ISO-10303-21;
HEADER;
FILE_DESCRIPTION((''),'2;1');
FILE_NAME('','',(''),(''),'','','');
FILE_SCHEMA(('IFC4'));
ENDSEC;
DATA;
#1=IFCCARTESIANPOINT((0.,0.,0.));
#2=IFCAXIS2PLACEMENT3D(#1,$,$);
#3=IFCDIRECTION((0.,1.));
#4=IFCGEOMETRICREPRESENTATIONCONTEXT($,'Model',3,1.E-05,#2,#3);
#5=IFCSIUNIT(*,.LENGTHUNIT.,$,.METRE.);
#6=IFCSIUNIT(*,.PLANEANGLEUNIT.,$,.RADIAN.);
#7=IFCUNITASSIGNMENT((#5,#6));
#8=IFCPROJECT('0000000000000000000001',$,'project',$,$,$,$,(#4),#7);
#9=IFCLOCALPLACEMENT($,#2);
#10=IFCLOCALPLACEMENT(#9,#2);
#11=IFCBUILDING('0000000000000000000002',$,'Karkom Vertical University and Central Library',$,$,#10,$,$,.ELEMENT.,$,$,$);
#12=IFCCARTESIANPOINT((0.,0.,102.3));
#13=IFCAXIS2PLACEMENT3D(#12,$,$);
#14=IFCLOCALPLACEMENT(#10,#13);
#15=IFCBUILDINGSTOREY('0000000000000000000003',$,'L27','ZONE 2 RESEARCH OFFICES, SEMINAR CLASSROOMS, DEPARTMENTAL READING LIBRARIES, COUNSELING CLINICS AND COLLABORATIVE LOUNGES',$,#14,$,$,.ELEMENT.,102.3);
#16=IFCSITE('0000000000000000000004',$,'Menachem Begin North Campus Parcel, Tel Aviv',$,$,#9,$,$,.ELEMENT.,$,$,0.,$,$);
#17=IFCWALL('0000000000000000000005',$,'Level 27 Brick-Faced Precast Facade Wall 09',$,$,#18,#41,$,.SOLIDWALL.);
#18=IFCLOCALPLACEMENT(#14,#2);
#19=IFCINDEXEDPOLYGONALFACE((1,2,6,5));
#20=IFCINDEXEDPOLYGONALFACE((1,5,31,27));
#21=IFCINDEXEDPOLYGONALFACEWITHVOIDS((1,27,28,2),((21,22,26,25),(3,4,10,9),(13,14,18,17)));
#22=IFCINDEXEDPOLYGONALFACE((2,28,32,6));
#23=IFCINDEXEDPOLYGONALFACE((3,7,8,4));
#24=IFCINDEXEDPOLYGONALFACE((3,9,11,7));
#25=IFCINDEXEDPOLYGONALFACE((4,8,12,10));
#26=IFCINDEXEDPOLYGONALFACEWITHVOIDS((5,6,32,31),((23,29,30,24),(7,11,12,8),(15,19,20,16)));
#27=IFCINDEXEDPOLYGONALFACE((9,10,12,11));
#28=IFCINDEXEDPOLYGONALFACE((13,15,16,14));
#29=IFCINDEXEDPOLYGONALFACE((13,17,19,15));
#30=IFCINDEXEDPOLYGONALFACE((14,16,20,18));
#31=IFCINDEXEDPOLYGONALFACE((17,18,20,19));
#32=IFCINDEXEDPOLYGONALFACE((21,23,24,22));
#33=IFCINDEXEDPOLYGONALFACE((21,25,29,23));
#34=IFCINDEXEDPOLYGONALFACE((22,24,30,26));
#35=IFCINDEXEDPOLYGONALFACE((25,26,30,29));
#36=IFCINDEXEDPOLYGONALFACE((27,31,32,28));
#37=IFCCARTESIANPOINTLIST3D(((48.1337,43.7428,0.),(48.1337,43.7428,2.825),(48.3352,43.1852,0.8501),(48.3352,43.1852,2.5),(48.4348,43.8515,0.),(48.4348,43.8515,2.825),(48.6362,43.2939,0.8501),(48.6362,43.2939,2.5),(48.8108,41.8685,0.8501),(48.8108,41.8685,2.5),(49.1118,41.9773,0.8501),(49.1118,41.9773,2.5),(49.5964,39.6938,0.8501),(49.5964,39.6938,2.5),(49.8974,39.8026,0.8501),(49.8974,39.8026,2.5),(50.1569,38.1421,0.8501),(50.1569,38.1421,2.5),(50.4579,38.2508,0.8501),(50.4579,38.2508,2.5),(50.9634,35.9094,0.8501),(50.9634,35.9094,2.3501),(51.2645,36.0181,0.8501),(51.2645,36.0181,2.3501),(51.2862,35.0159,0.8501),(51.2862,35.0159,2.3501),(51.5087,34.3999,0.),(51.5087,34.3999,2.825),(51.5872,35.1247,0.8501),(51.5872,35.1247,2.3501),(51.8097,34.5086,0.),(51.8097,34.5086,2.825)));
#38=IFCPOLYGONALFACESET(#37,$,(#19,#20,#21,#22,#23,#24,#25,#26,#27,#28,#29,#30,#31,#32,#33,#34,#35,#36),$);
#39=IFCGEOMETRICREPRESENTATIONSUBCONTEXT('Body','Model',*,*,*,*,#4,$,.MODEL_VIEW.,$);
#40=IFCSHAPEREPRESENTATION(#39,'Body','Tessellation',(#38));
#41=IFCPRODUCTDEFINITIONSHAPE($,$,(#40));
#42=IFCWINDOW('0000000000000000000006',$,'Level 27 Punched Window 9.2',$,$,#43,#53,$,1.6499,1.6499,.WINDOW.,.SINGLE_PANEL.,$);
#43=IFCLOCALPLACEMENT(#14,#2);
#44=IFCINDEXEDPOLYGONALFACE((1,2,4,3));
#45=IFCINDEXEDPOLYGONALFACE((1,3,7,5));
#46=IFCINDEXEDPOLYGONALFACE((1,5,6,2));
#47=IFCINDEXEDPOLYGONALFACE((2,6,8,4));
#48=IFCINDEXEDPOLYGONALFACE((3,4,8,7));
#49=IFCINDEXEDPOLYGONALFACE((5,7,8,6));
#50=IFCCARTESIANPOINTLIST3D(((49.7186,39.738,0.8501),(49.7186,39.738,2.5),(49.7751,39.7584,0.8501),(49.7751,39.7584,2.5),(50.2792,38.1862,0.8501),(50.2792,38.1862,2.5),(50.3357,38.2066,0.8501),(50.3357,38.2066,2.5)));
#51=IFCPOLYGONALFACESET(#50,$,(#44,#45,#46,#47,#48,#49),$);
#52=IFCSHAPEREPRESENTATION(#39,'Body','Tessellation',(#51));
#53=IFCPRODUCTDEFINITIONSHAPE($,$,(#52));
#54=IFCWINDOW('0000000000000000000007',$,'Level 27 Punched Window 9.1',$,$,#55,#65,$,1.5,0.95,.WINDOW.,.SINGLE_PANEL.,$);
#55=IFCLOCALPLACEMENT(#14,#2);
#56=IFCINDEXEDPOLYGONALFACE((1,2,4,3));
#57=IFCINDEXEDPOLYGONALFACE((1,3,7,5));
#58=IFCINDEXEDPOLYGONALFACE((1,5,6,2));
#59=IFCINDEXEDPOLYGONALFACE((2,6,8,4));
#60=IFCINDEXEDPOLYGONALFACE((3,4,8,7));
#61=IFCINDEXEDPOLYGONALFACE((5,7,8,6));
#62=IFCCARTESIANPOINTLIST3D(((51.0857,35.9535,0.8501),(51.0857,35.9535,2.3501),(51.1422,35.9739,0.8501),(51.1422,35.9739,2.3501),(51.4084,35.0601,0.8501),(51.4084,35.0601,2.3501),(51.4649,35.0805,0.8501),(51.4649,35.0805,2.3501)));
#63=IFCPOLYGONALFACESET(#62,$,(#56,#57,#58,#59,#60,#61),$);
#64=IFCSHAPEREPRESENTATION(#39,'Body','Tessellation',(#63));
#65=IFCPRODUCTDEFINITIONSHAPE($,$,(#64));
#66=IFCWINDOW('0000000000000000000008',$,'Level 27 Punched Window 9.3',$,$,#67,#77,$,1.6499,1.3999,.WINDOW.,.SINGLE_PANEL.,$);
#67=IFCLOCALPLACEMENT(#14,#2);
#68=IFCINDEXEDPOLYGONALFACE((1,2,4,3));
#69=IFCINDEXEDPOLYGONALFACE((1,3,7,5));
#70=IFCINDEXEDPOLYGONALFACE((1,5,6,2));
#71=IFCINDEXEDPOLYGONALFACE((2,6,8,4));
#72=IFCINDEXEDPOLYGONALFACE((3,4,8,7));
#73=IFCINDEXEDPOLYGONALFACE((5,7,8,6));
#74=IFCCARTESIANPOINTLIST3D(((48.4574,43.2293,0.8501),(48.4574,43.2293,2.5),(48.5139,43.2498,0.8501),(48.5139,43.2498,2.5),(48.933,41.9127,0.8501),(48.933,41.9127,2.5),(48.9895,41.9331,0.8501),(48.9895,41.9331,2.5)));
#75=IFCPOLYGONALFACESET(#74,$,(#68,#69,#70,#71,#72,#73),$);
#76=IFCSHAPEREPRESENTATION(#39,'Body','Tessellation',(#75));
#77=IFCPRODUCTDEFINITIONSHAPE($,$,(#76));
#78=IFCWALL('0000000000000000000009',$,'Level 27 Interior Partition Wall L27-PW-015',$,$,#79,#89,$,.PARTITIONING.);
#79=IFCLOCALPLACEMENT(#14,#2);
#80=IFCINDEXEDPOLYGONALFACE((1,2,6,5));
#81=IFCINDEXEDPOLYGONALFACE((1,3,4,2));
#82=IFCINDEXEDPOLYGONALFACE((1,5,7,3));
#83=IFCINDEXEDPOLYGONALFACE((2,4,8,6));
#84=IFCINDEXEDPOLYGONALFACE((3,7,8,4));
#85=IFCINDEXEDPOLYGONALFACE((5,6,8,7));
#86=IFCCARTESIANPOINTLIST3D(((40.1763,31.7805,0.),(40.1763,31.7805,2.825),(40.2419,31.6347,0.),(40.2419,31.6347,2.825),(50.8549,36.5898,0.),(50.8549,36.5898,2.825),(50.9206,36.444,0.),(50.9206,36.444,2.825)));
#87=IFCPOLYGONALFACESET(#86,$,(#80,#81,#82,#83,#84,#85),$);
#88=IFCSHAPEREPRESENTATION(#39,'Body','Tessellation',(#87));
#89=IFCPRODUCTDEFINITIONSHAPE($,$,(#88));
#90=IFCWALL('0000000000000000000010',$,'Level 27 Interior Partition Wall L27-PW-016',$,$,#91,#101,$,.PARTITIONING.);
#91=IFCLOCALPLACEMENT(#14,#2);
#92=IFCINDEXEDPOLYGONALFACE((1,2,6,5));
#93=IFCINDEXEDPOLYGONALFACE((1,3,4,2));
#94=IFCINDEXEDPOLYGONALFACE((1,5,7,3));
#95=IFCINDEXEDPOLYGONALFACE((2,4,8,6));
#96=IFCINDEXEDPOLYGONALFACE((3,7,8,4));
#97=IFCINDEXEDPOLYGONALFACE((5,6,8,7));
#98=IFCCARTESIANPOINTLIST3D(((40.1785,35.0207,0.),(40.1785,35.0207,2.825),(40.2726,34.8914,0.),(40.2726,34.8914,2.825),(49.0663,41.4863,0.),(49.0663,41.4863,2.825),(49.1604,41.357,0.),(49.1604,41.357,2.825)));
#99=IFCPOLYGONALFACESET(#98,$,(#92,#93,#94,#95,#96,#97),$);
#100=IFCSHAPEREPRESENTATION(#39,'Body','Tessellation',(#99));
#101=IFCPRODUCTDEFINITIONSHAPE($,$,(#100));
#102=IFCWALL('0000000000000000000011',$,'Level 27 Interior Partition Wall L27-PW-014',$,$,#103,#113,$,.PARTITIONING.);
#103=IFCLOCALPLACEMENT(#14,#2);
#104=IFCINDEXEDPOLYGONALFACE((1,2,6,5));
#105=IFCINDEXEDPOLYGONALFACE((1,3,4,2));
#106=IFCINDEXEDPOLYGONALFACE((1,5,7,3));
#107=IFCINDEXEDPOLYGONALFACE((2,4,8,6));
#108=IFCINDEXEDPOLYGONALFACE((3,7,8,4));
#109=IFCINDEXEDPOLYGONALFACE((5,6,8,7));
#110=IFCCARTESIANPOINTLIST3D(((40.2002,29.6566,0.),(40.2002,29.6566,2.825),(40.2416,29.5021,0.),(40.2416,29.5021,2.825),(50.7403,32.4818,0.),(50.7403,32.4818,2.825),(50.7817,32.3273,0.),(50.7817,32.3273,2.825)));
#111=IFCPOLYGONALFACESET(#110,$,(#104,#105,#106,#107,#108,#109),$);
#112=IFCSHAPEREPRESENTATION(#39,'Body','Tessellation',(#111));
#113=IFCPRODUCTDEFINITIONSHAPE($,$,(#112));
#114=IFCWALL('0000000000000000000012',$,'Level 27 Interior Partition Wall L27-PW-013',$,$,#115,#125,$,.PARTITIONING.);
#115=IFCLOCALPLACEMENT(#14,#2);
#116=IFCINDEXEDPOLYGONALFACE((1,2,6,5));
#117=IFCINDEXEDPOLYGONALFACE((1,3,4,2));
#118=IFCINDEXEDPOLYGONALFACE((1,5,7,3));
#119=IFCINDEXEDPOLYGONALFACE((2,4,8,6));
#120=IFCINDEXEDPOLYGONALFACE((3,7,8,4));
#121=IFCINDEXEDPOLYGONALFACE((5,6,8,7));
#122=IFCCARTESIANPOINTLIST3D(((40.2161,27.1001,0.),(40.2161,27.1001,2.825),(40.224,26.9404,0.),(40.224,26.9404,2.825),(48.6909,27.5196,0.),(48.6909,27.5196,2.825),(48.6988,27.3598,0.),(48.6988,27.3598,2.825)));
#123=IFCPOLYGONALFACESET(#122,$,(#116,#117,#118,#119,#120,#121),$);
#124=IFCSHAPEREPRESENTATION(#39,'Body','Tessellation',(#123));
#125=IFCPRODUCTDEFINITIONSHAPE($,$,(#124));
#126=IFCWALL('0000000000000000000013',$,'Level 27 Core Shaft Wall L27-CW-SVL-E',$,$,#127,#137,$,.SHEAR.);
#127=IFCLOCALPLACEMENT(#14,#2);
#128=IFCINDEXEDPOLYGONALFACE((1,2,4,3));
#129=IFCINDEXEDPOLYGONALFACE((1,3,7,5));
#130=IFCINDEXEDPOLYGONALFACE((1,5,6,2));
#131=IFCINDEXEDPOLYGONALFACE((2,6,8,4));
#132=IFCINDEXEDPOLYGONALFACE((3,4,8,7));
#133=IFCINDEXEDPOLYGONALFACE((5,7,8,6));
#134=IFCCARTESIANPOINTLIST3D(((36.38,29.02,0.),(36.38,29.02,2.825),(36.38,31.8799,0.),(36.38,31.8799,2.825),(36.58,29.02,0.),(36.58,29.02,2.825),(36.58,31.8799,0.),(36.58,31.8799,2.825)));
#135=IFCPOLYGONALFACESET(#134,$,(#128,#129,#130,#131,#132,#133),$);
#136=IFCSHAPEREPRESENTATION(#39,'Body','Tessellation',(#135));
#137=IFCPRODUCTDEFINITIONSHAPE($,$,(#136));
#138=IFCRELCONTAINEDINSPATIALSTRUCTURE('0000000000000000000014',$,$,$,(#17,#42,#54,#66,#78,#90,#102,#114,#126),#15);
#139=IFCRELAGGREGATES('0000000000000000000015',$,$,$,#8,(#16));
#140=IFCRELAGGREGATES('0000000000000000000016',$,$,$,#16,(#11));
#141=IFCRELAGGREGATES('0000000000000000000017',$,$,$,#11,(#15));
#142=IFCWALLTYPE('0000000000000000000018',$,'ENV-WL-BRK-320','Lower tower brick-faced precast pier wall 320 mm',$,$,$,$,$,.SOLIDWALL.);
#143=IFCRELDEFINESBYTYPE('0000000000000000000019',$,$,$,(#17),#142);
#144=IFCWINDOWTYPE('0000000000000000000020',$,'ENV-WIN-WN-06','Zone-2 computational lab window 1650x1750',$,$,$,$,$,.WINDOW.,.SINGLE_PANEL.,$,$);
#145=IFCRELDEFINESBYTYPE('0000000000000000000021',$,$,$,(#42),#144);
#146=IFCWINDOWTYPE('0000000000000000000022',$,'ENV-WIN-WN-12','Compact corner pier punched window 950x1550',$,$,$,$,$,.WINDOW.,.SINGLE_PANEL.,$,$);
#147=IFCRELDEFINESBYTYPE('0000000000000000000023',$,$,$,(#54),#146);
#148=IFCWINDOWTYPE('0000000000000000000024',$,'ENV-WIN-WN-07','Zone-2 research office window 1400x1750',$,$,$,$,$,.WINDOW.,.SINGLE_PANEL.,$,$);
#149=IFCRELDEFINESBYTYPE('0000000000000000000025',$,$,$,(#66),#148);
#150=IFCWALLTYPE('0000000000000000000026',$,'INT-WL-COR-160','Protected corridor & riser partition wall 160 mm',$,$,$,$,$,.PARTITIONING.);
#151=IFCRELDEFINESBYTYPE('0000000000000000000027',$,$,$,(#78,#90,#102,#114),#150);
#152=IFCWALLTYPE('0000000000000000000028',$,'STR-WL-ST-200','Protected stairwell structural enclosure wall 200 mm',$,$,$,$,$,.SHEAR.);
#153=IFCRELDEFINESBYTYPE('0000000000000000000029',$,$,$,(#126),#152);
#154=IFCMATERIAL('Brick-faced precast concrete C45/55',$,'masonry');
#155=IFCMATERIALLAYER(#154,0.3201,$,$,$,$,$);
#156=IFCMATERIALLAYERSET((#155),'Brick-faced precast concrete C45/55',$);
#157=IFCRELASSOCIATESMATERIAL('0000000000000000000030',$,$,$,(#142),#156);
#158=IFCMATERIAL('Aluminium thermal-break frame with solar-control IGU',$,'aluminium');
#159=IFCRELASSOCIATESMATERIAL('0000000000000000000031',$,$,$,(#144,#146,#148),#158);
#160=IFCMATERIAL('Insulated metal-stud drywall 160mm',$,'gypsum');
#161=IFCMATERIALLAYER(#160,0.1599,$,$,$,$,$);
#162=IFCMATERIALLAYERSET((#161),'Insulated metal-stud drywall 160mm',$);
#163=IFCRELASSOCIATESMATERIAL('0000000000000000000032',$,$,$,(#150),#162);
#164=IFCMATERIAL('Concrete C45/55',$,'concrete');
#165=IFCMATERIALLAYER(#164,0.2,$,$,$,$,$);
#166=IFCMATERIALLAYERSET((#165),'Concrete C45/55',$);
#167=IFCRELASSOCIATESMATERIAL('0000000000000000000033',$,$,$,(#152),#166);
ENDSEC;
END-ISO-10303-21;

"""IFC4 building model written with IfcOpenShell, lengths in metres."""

from ifc_helpers import new_model, si_unit, direction, frame, frame_2d, origin, origin_with_axes, place, context, subcontext, project, spatial, rectangle, extrude, source, transform, mapped, material, layer, layer_set, type_object, element, fill, save


model = new_model("IFC4")

# Units and contexts
model_context = context("Model", 3, precision=1e-05, world=origin(), true_north=direction((0.0, 1.0)))
body_context = subcontext(model_context, "Body", "Model", "MODEL_VIEW")
ifc_project = project(units=[si_unit("LENGTHUNIT", "METRE"), si_unit("PLANEANGLEUNIT", "RADIAN")], contexts=[model_context])

# Site, building, storey
site_placement = place(None, origin())
site = spatial("IfcSite", under=ifc_project, at=site_placement, Name="Menachem Begin North Campus Parcel, Tel Aviv", CompositionType="ELEMENT", RefElevation=0.0)
building_placement = place(site_placement, origin())
building = spatial("IfcBuilding", under=site, at=building_placement, Name="Karkom Vertical University and Central Library", CompositionType="ELEMENT")
storey_placement = place(building_placement, frame((0.0, 0.0, 102.3)))
storey = spatial("IfcBuildingStorey", under=building, at=storey_placement, Name="L27", Description="ZONE 2 RESEARCH OFFICES, SEMINAR CLASSROOMS, DEPARTMENTAL READING LIBRARIES, COUNSELING CLINICS AND COLLABORATIVE LOUNGES", CompositionType="ELEMENT", Elevation=102.3)

# Wall, openings, windows
ifc_material_1 = material(Name="Brick-faced precast concrete C45/55", Category="masonry")
ifc_layer_1 = layer(ifc_material_1, 0.3201)
ifc_layer_set_1 = layer_set([ifc_layer_1], Name="Brick-faced precast concrete C45/55")
wall_type_1 = type_object("IfcWallType", Name="ENV-WL-BRK-320", Description="Lower tower brick-faced precast pier wall 320 mm", PredefinedType="SOLIDWALL", material=ifc_layer_set_1)
wall_1_placement = place(storey_placement, frame((51.6592, 34.4543, 0.0), z_axis=(0.0, 0.0, 1.0), x_axis=(-0.339745, 0.940517, 0.0)))
wall_1 = element("IfcWall", 1, at=wall_1_placement, inside=storey, type_object=wall_type_1, Name="Level 27 Brick-Faced Precast Facade Wall 09", PredefinedType="SOLIDWALL", context=body_context, shape_type="SweptSolid", body=[
    extrude(rectangle(XDim=9.9338, YDim=0.3201, at=frame_2d((4.9668, 0.0))), origin(), (0.0, 0.0, 1.0), 2.825),
])
opening_1_placement = place(wall_1_placement, frame((0.6548, 0.0, 0.8501)))
opening_1 = element("IfcOpeningElement", 2, at=opening_1_placement, cuts=wall_1, PredefinedType="OPENING", context=body_context, shape_type="SweptSolid", body=[
    extrude(rectangle(XDim=0.95, YDim=1.5, at=frame_2d((0.4751, 0.75))), frame((0.0, 0.1699, 0.0), z_axis=(0.0, -1.0, 0.0), x_axis=(1.0, 0.0, 0.0)), (0.0, 0.0, 1.0), 0.3401),
])
opening_2_placement = place(wall_1_placement, frame((3.9788, 0.0, 0.8501)))
opening_2 = element("IfcOpeningElement", 3, at=opening_2_placement, cuts=wall_1, PredefinedType="OPENING", context=body_context, shape_type="SweptSolid", body=[
    extrude(rectangle(XDim=1.6499, YDim=1.6499, at=frame_2d((0.825, 0.825))), frame((0.0, 0.1699, 0.0), z_axis=(0.0, -1.0, 0.0), x_axis=(1.0, 0.0, 0.0)), (0.0, 0.0, 1.0), 0.3401),
])
opening_3_placement = place(wall_1_placement, frame((7.9409, 0.0, 0.8501)))
opening_3 = element("IfcOpeningElement", 4, at=opening_3_placement, cuts=wall_1, PredefinedType="OPENING", context=body_context, shape_type="SweptSolid", body=[
    extrude(rectangle(XDim=1.3999, YDim=1.6499, at=frame_2d((0.7, 0.825))), frame((0.0, 0.1699, 0.0), z_axis=(0.0, -1.0, 0.0), x_axis=(1.0, 0.0, 0.0)), (0.0, 0.0, 1.0), 0.3401),
])
ifc_material_2 = material(Name="Aluminium thermal-break frame with solar-control IGU", Category="aluminium")
window_type_1 = type_object("IfcWindowType", Name="ENV-WIN-WN-06", Description="Zone-2 computational lab window 1650x1750", PartitioningType="SINGLE_PANEL", PredefinedType="WINDOW", material=ifc_material_2)
shared_shape_1 = source(origin_with_axes(), body_context, "Body", "SweptSolid", [
    extrude(rectangle(XDim=1.6499, YDim=1.6499, at=frame_2d((0.825, 0.825))), frame((0.0, 0.03, 0.0), z_axis=(0.0, -1.0, 0.0), x_axis=(1.0, 0.0, 0.0)), (0.0, 0.0, 1.0), 0.0601),
])
window_1_placement = place(opening_2_placement, origin())
window_1 = element("IfcWindow", 5, at=window_1_placement, inside=storey, type_object=window_type_1, Name="Level 27 Punched Window 9.2", OverallHeight=1.6499, OverallWidth=1.6499, PartitioningType="SINGLE_PANEL", PredefinedType="WINDOW", context=body_context, shape_type="MappedRepresentation", body=[
    mapped(shared_shape_1, transform((0.0, 0.0, 0.0), scale=1.0)),
])
fill(opening_2, window_1)
window_type_2 = type_object("IfcWindowType", Name="ENV-WIN-WN-12", Description="Compact corner pier punched window 950x1550", PartitioningType="SINGLE_PANEL", PredefinedType="WINDOW", material=ifc_material_2)
shared_shape_2 = source(origin_with_axes(), body_context, "Body", "SweptSolid", [
    extrude(rectangle(XDim=0.95, YDim=1.5, at=frame_2d((0.4751, 0.75))), frame((0.0, 0.03, 0.0), z_axis=(0.0, -1.0, 0.0), x_axis=(1.0, 0.0, 0.0)), (0.0, 0.0, 1.0), 0.0601),
])
window_2_placement = place(opening_1_placement, origin())
window_2 = element("IfcWindow", 6, at=window_2_placement, inside=storey, type_object=window_type_2, Name="Level 27 Punched Window 9.1", OverallHeight=1.5, OverallWidth=0.95, PartitioningType="SINGLE_PANEL", PredefinedType="WINDOW", context=body_context, shape_type="MappedRepresentation", body=[
    mapped(shared_shape_2, transform((0.0, 0.0, 0.0), scale=1.0)),
])
fill(opening_1, window_2)
window_type_3 = type_object("IfcWindowType", Name="ENV-WIN-WN-07", Description="Zone-2 research office window 1400x1750", PartitioningType="SINGLE_PANEL", PredefinedType="WINDOW", material=ifc_material_2)
shared_shape_3 = source(origin_with_axes(), body_context, "Body", "SweptSolid", [
    extrude(rectangle(XDim=1.3999, YDim=1.6499, at=frame_2d((0.7, 0.825))), frame((0.0, 0.03, 0.0), z_axis=(0.0, -1.0, 0.0), x_axis=(1.0, 0.0, 0.0)), (0.0, 0.0, 1.0), 0.0601),
])
window_3_placement = place(opening_3_placement, origin())
window_3 = element("IfcWindow", 7, at=window_3_placement, inside=storey, type_object=window_type_3, Name="Level 27 Punched Window 9.3", OverallHeight=1.6499, OverallWidth=1.3999, PartitioningType="SINGLE_PANEL", PredefinedType="WINDOW", context=body_context, shape_type="MappedRepresentation", body=[
    mapped(shared_shape_3, transform((0.0, 0.0, 0.0), scale=1.0)),
])
fill(opening_3, window_3)

# Walls
ifc_material_3 = material(Name="Insulated metal-stud drywall 160mm", Category="gypsum")
ifc_layer_2 = layer(ifc_material_3, 0.1599)
ifc_layer_set_2 = layer_set([ifc_layer_2], Name="Insulated metal-stud drywall 160mm")
wall_type_2 = type_object("IfcWallType", Name="INT-WL-COR-160", Description="Protected corridor & riser partition wall 160 mm", PredefinedType="PARTITIONING", material=ifc_layer_set_2)
wall_2_placement = place(storey_placement, frame((40.209, 31.7075, 0.0), z_axis=(0.0, 0.0, 1.0), x_axis=(0.911797, 0.410642, 0.0)))
element("IfcWall", 8, at=wall_2_placement, inside=storey, type_object=wall_type_2, Name="Level 27 Interior Partition Wall L27-PW-015", PredefinedType="PARTITIONING", context=body_context, shape_type="SweptSolid", body=[
    extrude(rectangle(XDim=11.7117, YDim=0.1599, at=frame_2d((5.856, 0.0))), origin(), (0.0, 0.0, 1.0), 2.825),
])
wall_3_placement = place(storey_placement, frame((40.2256, 34.9561, 0.0), z_axis=(0.0, 0.0, 1.0), x_axis=(0.808658, 0.588279, 0.0)))
element("IfcWall", 9, at=wall_3_placement, inside=storey, type_object=wall_type_2, Name="Level 27 Interior Partition Wall L27-PW-016", PredefinedType="PARTITIONING", context=body_context, shape_type="SweptSolid", body=[
    extrude(rectangle(XDim=10.9907, YDim=0.1599, at=frame_2d((5.4954, 0.0))), origin(), (0.0, 0.0, 1.0), 2.825),
])
wall_4_placement = place(storey_placement, frame((40.2209, 29.5793, 0.0), z_axis=(0.0, 0.0, 1.0), x_axis=(0.965903, 0.258905, 0.0)))
element("IfcWall", 10, at=wall_4_placement, inside=storey, type_object=wall_type_2, Name="Level 27 Interior Partition Wall L27-PW-014", PredefinedType="PARTITIONING", context=body_context, shape_type="SweptSolid", body=[
    extrude(rectangle(XDim=10.9121, YDim=0.1599, at=frame_2d((5.4561, 0.0))), origin(), (0.0, 0.0, 1.0), 2.825),
])
wall_5_placement = place(storey_placement, frame((40.22, 27.0203, 0.0), z_axis=(0.0, 0.0, 1.0), x_axis=(0.998778, 0.049431, 0.0)))
element("IfcWall", 11, at=wall_5_placement, inside=storey, type_object=wall_type_2, Name="Level 27 Interior Partition Wall L27-PW-013", PredefinedType="PARTITIONING", context=body_context, shape_type="SweptSolid", body=[
    extrude(rectangle(XDim=8.4851, YDim=0.1599, at=frame_2d((4.2427, 0.0))), origin(), (0.0, 0.0, 1.0), 2.825),
])

# Wall
ifc_material_4 = material(Name="Concrete C45/55", Category="concrete")
ifc_layer_3 = layer(ifc_material_4, 0.2)
ifc_layer_set_3 = layer_set([ifc_layer_3], Name="Concrete C45/55")
wall_type_3 = type_object("IfcWallType", Name="STR-WL-ST-200", Description="Protected stairwell structural enclosure wall 200 mm", PredefinedType="SHEAR", material=ifc_layer_set_3)
wall_6_placement = place(storey_placement, frame((36.48, 29.02, 0.0), z_axis=(0.0, 0.0, 1.0), x_axis=(0.0, 1.0, 0.0)))
element("IfcWall", 12, at=wall_6_placement, inside=storey, type_object=wall_type_3, Name="Level 27 Core Shaft Wall L27-CW-SVL-E", PredefinedType="SHEAR", context=body_context, shape_type="SweptSolid", body=[
    extrude(rectangle(XDim=2.8599, YDim=0.2, at=frame_2d((1.4299, 0.0))), origin(), (0.0, 0.0, 1.0), 2.825),
])

save(model, "model.ifc")
